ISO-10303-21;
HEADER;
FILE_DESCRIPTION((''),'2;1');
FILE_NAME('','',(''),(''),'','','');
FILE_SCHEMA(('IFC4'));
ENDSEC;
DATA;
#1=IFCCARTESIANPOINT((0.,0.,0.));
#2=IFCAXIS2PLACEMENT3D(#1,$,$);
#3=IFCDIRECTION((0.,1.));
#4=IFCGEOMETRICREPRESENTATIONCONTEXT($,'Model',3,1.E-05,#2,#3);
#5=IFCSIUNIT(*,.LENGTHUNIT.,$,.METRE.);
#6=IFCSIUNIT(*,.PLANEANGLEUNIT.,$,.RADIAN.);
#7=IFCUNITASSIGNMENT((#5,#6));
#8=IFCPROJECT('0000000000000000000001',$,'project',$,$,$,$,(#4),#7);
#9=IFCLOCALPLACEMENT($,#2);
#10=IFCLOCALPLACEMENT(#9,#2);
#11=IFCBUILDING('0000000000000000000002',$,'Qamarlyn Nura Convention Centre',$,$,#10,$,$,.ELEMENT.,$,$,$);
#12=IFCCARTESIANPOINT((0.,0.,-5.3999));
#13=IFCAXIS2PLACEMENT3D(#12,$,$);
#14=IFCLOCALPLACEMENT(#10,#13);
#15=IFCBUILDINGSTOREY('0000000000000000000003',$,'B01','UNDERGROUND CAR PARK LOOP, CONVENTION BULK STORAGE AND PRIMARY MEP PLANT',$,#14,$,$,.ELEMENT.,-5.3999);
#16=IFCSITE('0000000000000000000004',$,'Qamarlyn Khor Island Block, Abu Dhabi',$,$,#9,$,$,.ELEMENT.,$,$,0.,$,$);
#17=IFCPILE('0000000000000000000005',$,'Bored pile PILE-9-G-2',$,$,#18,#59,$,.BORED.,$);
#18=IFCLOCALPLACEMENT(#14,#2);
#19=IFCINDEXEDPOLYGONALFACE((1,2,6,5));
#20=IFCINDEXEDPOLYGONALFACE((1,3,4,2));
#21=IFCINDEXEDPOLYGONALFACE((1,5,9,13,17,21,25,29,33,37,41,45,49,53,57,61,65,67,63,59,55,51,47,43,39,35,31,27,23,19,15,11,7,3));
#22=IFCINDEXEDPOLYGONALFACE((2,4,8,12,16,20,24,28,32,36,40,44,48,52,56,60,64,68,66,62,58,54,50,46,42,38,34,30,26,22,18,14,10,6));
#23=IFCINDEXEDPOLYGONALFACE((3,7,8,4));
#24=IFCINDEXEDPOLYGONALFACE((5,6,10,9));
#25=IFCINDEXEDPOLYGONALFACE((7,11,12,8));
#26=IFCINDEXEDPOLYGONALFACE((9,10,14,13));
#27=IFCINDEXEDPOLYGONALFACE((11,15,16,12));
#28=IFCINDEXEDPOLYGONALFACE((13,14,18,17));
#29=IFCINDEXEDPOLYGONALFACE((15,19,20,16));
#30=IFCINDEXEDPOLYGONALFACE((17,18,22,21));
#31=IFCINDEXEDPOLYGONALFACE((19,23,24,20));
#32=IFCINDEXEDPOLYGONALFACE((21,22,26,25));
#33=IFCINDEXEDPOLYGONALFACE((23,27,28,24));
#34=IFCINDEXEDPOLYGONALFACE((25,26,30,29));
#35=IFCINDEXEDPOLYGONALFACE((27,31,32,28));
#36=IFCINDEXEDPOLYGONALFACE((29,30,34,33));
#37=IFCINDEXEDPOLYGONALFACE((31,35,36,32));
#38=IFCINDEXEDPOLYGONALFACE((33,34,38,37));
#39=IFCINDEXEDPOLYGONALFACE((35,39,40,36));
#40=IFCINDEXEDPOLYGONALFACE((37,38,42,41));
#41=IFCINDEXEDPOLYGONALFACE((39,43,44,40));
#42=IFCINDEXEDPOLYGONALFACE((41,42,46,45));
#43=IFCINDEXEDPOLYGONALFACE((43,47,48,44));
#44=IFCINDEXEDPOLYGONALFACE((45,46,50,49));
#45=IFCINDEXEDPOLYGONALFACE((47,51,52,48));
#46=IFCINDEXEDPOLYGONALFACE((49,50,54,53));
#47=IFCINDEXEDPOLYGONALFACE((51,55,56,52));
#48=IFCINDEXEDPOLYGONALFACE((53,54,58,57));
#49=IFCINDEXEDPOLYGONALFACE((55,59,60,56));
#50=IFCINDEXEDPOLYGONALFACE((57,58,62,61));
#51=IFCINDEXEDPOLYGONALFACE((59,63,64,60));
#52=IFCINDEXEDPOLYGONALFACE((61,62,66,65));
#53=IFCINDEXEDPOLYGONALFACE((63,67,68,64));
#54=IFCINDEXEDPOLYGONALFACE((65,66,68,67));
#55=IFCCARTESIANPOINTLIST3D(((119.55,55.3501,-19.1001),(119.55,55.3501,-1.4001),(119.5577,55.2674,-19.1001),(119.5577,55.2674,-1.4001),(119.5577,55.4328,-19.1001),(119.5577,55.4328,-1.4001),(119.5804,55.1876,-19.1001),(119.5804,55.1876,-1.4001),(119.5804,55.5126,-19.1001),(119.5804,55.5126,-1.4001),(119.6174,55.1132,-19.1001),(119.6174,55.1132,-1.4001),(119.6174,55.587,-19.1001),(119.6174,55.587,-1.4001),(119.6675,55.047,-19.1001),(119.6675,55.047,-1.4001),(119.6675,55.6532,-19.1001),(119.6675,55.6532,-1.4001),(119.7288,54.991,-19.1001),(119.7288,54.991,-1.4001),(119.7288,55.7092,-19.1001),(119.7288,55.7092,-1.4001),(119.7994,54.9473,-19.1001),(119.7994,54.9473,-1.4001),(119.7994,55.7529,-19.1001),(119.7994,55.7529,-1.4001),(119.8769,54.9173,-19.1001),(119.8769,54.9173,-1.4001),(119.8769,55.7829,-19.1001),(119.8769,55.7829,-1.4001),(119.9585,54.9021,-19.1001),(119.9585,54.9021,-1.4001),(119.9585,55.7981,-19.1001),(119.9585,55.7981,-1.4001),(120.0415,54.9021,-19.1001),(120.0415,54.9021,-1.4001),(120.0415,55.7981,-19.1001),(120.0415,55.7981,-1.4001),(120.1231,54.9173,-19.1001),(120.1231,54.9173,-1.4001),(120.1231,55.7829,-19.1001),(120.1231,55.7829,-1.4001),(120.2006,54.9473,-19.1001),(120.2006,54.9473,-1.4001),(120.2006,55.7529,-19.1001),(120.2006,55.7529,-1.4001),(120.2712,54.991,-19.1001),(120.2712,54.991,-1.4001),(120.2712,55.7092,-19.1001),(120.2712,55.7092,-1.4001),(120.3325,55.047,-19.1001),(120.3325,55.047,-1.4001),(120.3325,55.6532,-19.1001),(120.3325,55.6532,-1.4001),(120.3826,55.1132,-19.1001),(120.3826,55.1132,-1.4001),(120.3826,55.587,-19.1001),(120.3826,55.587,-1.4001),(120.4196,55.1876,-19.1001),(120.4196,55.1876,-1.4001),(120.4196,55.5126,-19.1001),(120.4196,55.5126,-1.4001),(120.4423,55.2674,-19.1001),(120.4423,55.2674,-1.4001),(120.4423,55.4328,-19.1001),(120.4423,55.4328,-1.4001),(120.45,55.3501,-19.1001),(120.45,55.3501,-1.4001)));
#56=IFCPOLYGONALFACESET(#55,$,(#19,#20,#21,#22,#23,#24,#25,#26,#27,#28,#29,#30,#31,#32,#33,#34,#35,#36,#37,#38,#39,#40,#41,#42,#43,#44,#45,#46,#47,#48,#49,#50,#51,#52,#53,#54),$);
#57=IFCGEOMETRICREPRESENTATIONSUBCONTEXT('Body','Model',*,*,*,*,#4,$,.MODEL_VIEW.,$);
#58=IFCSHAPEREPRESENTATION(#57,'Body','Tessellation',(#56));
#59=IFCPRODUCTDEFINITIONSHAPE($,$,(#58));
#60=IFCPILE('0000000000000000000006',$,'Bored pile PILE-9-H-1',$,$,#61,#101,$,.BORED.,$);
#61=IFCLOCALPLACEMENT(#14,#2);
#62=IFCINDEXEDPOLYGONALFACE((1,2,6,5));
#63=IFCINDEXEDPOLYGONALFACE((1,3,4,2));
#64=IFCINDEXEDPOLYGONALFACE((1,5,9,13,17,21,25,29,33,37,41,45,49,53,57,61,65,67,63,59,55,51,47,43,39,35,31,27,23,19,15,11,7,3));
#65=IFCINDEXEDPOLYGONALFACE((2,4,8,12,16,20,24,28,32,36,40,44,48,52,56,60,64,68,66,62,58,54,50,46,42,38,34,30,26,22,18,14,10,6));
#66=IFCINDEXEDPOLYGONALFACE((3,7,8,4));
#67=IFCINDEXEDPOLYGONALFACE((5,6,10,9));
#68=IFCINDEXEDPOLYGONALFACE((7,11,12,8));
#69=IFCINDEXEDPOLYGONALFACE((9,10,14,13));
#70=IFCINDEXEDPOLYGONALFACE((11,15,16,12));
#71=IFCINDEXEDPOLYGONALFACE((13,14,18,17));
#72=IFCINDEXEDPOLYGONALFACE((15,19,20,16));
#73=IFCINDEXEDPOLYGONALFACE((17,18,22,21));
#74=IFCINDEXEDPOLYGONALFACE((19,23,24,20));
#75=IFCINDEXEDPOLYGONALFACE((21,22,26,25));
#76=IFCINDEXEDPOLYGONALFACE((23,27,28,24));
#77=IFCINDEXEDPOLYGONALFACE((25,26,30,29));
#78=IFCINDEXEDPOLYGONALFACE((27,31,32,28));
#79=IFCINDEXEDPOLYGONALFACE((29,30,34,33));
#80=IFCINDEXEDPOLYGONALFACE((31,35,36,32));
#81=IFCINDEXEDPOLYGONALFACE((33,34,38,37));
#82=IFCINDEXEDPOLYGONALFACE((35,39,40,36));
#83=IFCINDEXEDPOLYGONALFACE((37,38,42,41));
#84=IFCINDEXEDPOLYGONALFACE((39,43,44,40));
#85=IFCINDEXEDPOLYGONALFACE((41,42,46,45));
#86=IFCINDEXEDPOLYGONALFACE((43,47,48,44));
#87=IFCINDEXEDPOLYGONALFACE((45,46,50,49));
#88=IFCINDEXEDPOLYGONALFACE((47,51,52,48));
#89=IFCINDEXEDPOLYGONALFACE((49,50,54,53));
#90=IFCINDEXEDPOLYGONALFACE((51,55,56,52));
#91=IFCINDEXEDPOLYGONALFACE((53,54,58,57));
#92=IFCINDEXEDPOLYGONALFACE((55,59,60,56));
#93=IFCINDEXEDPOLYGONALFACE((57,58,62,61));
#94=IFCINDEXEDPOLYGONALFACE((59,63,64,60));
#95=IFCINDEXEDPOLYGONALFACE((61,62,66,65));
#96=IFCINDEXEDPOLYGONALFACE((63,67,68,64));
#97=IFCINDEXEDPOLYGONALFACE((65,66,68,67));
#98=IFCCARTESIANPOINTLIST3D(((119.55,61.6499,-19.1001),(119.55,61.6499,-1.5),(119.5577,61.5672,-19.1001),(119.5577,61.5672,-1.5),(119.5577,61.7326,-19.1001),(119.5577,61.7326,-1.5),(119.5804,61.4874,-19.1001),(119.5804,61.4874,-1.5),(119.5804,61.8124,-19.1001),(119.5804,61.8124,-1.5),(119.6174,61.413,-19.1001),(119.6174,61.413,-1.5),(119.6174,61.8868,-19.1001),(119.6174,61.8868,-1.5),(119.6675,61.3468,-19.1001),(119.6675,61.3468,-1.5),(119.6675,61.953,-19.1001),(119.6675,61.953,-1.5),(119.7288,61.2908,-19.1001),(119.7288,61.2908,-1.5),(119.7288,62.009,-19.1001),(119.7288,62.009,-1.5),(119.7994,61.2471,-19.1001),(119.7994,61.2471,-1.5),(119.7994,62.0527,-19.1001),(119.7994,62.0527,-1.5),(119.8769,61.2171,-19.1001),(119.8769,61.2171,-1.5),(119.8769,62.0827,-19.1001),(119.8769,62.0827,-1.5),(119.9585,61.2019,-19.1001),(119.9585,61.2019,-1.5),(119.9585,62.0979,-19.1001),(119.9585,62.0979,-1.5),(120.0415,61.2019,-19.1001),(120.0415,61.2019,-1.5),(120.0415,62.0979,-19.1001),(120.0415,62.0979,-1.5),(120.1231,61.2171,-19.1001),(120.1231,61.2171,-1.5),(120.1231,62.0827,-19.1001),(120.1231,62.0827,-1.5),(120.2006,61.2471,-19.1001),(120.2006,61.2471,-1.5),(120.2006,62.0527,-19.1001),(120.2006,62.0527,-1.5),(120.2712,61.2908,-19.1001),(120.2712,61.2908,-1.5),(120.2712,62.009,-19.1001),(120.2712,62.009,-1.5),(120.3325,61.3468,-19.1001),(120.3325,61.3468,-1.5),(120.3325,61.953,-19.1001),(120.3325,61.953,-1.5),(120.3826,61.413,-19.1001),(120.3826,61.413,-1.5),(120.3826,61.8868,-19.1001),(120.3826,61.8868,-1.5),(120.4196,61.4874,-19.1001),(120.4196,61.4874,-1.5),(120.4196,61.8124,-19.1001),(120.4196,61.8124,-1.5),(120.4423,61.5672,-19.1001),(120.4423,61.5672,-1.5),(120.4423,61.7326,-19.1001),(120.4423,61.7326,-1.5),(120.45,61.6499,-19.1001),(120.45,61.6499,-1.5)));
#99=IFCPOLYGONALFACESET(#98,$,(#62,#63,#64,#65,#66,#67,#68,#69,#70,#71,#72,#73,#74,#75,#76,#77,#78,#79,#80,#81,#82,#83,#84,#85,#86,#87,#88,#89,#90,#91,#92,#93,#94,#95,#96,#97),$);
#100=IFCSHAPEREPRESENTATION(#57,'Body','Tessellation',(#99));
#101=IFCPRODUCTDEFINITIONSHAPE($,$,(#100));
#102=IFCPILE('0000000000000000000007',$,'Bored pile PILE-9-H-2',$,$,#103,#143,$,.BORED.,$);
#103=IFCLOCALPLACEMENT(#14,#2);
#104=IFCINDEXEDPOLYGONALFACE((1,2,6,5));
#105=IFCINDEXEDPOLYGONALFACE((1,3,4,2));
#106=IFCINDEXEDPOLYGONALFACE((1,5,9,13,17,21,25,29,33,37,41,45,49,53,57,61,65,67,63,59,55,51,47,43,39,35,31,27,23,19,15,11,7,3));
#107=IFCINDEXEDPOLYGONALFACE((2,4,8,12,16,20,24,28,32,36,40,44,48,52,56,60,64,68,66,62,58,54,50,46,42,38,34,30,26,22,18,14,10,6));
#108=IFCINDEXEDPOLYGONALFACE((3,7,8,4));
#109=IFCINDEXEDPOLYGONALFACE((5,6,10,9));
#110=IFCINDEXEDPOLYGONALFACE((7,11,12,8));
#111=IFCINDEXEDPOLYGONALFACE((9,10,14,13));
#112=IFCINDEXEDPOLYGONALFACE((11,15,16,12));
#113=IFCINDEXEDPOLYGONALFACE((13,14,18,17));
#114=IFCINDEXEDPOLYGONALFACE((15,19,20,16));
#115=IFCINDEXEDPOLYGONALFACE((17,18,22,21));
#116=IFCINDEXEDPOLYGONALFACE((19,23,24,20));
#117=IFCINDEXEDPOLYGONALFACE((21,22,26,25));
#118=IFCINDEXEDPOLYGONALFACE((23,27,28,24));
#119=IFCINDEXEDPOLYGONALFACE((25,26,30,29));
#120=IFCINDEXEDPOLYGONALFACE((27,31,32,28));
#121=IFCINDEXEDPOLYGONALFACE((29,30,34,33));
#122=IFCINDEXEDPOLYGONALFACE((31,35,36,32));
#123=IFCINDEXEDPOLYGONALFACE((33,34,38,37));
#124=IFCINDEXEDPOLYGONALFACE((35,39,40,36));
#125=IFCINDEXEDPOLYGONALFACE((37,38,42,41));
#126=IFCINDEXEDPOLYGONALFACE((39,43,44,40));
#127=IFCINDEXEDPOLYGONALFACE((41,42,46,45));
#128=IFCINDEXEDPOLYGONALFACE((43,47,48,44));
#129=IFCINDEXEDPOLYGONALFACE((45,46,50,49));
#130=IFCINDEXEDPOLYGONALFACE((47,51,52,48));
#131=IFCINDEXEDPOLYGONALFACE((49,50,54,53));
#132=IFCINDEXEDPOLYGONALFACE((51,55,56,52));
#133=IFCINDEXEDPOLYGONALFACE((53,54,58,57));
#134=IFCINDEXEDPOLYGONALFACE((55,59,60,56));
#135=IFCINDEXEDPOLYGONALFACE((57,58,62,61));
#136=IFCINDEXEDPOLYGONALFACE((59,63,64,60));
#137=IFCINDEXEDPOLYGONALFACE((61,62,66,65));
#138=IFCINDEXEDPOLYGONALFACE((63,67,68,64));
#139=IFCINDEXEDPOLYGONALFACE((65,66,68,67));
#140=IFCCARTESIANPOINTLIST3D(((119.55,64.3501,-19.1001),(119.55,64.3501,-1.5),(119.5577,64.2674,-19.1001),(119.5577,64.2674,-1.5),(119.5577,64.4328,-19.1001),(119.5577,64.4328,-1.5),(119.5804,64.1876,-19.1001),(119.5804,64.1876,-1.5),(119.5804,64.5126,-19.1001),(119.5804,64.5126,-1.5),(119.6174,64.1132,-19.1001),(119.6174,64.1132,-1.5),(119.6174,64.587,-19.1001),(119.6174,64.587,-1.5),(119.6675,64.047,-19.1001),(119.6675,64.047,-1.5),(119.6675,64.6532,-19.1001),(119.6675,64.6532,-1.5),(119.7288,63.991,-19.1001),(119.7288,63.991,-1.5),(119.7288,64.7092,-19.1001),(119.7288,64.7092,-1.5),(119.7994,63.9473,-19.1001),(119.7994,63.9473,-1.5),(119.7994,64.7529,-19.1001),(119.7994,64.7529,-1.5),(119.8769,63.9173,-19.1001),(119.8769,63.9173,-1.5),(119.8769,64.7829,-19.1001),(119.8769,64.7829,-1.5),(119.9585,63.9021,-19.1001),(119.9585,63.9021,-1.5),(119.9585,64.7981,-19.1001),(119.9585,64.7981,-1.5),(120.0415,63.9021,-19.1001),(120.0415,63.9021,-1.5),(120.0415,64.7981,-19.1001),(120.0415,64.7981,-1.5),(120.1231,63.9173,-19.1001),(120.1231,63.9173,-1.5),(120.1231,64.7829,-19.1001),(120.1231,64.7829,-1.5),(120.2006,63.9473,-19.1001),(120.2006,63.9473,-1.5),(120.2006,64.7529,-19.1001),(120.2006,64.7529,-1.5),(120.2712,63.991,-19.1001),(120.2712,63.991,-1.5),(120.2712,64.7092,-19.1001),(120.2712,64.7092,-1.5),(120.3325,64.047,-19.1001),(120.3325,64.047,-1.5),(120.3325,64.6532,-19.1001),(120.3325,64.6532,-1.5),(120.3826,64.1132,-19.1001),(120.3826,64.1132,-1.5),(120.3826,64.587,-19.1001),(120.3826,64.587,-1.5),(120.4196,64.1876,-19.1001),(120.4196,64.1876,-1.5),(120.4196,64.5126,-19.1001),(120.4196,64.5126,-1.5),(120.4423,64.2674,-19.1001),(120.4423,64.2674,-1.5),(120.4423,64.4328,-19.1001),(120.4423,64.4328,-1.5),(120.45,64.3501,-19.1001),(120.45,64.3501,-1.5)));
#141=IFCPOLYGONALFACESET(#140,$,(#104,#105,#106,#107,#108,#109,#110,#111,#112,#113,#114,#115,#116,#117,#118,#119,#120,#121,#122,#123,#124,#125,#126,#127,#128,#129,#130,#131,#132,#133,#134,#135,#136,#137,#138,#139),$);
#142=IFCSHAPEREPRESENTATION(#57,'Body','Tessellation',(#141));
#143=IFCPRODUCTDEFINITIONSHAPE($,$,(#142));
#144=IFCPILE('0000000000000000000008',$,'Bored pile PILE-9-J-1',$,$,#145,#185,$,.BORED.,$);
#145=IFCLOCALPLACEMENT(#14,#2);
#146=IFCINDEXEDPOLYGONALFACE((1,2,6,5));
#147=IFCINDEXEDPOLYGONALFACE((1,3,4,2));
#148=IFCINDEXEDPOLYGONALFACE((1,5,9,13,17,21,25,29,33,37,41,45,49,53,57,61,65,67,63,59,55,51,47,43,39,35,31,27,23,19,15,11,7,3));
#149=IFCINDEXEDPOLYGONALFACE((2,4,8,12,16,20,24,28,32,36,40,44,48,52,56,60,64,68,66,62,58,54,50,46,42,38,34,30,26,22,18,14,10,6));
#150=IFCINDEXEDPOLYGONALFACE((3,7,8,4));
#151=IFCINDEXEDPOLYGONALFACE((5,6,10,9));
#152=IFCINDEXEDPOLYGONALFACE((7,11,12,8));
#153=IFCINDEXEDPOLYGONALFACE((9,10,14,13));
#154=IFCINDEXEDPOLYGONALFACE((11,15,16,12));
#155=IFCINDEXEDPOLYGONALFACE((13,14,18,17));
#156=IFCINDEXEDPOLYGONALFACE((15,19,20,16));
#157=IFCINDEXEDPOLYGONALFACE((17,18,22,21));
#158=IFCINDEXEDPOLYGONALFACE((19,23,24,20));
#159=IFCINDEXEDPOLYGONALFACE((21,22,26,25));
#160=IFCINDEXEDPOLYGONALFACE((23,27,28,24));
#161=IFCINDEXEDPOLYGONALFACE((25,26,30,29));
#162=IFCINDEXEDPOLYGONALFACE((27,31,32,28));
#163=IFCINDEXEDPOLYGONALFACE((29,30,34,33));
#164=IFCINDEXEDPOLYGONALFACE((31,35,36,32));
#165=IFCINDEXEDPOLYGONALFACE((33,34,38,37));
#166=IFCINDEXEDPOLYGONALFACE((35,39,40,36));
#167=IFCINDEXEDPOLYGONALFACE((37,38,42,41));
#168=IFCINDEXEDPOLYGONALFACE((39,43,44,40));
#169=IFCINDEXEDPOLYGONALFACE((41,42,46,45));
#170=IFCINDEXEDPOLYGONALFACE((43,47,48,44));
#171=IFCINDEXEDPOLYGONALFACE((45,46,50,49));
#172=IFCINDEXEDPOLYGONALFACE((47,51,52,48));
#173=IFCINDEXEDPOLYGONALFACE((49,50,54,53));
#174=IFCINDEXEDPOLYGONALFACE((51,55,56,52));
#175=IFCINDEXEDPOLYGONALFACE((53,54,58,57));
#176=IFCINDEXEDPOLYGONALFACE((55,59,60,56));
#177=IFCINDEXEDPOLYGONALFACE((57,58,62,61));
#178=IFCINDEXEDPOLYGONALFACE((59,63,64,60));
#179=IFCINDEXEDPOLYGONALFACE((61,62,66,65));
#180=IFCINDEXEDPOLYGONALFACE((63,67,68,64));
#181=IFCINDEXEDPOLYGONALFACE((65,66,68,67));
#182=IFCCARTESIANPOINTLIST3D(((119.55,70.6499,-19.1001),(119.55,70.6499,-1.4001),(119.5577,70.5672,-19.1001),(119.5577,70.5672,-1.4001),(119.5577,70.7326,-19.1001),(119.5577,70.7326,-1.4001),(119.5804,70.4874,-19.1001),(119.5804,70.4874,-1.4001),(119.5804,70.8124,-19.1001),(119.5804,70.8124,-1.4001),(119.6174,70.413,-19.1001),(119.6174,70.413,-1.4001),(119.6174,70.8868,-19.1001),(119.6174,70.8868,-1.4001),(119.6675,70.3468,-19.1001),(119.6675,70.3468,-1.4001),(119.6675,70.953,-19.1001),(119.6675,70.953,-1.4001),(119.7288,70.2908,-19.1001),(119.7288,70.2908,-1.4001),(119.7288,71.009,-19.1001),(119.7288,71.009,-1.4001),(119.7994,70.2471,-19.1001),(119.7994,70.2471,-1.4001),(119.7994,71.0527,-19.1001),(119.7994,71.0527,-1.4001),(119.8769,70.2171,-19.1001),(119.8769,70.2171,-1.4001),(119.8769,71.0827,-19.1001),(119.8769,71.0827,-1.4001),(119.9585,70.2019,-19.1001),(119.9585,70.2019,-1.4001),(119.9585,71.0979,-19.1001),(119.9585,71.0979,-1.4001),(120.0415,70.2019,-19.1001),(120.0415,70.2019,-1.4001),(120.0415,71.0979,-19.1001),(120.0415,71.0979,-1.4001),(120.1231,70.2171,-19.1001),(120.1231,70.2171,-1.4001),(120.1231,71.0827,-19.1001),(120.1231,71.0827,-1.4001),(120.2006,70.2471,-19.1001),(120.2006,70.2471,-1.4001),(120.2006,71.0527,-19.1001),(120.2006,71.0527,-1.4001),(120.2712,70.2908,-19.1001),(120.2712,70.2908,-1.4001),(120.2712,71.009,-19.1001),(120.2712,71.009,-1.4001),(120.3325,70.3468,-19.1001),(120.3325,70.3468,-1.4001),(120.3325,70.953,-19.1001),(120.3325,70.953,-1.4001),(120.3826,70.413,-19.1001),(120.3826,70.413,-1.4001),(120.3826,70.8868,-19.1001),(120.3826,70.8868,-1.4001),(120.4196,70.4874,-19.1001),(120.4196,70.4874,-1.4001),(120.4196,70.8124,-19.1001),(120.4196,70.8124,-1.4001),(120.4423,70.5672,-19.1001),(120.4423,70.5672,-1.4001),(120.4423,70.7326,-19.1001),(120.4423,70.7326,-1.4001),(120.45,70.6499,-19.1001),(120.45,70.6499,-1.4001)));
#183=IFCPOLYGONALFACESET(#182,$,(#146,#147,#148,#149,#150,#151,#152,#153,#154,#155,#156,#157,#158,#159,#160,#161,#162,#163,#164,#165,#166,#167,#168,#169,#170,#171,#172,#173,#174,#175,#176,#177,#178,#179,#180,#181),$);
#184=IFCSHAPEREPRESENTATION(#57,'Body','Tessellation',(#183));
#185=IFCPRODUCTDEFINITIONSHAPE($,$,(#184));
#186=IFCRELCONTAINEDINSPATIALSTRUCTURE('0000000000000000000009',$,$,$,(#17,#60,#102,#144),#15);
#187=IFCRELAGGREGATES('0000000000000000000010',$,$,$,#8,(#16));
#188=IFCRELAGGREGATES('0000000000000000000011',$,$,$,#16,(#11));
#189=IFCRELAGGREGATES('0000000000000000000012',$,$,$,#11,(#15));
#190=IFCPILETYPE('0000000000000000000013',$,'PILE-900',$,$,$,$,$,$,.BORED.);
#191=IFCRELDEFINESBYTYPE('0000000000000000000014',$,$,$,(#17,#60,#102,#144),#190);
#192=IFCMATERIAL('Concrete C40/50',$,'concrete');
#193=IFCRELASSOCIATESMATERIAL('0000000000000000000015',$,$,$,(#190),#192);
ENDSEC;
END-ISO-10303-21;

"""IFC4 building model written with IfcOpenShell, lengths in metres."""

from ifc_helpers import new_model, si_unit, direction, frame, origin, origin_2d, place, context, subcontext, project, spatial, circle, extrude, material, material_profile, profile_set, type_object, element, save


model = new_model("IFC4")

# Units and contexts
model_context = context("Model", 3, precision=1e-05, world=origin(), true_north=direction((0.0, 1.0)))
body_context = subcontext(model_context, "Body", "Model", "MODEL_VIEW")
ifc_project = project(units=[si_unit("LENGTHUNIT", "METRE"), si_unit("PLANEANGLEUNIT", "RADIAN")], contexts=[model_context])

# Site, building, storey
site_placement = place(None, origin())
site = spatial("IfcSite", under=ifc_project, at=site_placement, Name="Qamarlyn Khor Island Block, Abu Dhabi", CompositionType="ELEMENT", RefElevation=0.0)
building_placement = place(site_placement, origin())
building = spatial("IfcBuilding", under=site, at=building_placement, Name="Qamarlyn Nura Convention Centre", CompositionType="ELEMENT")
storey_placement = place(building_placement, frame((0.0, 0.0, -5.3999)))
storey = spatial("IfcBuildingStorey", under=building, at=storey_placement, Name="B01", Description="UNDERGROUND CAR PARK LOOP, CONVENTION BULK STORAGE AND PRIMARY MEP PLANT", CompositionType="ELEMENT", Elevation=-5.3999)

# Shared definitions
ifc_material_1 = material(Name="Concrete C40/50", Category="concrete")

# Piles
ifc_material_profile_1 = material_profile(ifc_material_1, circle(Radius=0.45, at=origin_2d()), Name="BORED PILE 900")
ifc_profile_set_1 = profile_set([ifc_material_profile_1], Name="Concrete C40/50")
pile_type = type_object("IfcPileType", Name="PILE-900", PredefinedType="BORED", material=ifc_profile_set_1)
for number, where, z_axis, x_axis, name in (
    (1, (120.0, 55.3501, -1.4001), (0.0, 0.0, -1.0), (1.0, 0.0, 0.0), "Bored pile PILE-9-G-2"),
):
    element("IfcPile", number, at=place(storey_placement, frame(where, z_axis=z_axis, x_axis=x_axis)), inside=storey, type_object=pile_type, Name=name, PredefinedType="BORED", context=body_context, shape_type="SweptSolid", body=[
        extrude(circle(Radius=0.45, at=origin_2d()), origin(), (0.0, 0.0, 1.0), 17.7),
    ])
for number, where, z_axis, x_axis, name in (
    (2, (120.0, 61.6499, -1.5), (0.0, 0.0, -1.0), (1.0, 0.0, 0.0), "Bored pile PILE-9-H-1"),
    (3, (120.0, 64.3501, -1.5), (0.0, 0.0, -1.0), (1.0, 0.0, 0.0), "Bored pile PILE-9-H-2"),
):
    element("IfcPile", number, at=place(storey_placement, frame(where, z_axis=z_axis, x_axis=x_axis)), inside=storey, type_object=pile_type, Name=name, PredefinedType="BORED", context=body_context, shape_type="SweptSolid", body=[
        extrude(circle(Radius=0.45, at=origin_2d()), origin(), (0.0, 0.0, 1.0), 17.6001),
    ])
for number, where, z_axis, x_axis, name in (
    (4, (120.0, 70.6499, -1.4001), (0.0, 0.0, -1.0), (1.0, 0.0, 0.0), "Bored pile PILE-9-J-1"),
):
    element("IfcPile", number, at=place(storey_placement, frame(where, z_axis=z_axis, x_axis=x_axis)), inside=storey, type_object=pile_type, Name=name, PredefinedType="BORED", context=body_context, shape_type="SweptSolid", body=[
        extrude(circle(Radius=0.45, at=origin_2d()), origin(), (0.0, 0.0, 1.0), 17.7),
    ])

save(model, "model.ifc")
